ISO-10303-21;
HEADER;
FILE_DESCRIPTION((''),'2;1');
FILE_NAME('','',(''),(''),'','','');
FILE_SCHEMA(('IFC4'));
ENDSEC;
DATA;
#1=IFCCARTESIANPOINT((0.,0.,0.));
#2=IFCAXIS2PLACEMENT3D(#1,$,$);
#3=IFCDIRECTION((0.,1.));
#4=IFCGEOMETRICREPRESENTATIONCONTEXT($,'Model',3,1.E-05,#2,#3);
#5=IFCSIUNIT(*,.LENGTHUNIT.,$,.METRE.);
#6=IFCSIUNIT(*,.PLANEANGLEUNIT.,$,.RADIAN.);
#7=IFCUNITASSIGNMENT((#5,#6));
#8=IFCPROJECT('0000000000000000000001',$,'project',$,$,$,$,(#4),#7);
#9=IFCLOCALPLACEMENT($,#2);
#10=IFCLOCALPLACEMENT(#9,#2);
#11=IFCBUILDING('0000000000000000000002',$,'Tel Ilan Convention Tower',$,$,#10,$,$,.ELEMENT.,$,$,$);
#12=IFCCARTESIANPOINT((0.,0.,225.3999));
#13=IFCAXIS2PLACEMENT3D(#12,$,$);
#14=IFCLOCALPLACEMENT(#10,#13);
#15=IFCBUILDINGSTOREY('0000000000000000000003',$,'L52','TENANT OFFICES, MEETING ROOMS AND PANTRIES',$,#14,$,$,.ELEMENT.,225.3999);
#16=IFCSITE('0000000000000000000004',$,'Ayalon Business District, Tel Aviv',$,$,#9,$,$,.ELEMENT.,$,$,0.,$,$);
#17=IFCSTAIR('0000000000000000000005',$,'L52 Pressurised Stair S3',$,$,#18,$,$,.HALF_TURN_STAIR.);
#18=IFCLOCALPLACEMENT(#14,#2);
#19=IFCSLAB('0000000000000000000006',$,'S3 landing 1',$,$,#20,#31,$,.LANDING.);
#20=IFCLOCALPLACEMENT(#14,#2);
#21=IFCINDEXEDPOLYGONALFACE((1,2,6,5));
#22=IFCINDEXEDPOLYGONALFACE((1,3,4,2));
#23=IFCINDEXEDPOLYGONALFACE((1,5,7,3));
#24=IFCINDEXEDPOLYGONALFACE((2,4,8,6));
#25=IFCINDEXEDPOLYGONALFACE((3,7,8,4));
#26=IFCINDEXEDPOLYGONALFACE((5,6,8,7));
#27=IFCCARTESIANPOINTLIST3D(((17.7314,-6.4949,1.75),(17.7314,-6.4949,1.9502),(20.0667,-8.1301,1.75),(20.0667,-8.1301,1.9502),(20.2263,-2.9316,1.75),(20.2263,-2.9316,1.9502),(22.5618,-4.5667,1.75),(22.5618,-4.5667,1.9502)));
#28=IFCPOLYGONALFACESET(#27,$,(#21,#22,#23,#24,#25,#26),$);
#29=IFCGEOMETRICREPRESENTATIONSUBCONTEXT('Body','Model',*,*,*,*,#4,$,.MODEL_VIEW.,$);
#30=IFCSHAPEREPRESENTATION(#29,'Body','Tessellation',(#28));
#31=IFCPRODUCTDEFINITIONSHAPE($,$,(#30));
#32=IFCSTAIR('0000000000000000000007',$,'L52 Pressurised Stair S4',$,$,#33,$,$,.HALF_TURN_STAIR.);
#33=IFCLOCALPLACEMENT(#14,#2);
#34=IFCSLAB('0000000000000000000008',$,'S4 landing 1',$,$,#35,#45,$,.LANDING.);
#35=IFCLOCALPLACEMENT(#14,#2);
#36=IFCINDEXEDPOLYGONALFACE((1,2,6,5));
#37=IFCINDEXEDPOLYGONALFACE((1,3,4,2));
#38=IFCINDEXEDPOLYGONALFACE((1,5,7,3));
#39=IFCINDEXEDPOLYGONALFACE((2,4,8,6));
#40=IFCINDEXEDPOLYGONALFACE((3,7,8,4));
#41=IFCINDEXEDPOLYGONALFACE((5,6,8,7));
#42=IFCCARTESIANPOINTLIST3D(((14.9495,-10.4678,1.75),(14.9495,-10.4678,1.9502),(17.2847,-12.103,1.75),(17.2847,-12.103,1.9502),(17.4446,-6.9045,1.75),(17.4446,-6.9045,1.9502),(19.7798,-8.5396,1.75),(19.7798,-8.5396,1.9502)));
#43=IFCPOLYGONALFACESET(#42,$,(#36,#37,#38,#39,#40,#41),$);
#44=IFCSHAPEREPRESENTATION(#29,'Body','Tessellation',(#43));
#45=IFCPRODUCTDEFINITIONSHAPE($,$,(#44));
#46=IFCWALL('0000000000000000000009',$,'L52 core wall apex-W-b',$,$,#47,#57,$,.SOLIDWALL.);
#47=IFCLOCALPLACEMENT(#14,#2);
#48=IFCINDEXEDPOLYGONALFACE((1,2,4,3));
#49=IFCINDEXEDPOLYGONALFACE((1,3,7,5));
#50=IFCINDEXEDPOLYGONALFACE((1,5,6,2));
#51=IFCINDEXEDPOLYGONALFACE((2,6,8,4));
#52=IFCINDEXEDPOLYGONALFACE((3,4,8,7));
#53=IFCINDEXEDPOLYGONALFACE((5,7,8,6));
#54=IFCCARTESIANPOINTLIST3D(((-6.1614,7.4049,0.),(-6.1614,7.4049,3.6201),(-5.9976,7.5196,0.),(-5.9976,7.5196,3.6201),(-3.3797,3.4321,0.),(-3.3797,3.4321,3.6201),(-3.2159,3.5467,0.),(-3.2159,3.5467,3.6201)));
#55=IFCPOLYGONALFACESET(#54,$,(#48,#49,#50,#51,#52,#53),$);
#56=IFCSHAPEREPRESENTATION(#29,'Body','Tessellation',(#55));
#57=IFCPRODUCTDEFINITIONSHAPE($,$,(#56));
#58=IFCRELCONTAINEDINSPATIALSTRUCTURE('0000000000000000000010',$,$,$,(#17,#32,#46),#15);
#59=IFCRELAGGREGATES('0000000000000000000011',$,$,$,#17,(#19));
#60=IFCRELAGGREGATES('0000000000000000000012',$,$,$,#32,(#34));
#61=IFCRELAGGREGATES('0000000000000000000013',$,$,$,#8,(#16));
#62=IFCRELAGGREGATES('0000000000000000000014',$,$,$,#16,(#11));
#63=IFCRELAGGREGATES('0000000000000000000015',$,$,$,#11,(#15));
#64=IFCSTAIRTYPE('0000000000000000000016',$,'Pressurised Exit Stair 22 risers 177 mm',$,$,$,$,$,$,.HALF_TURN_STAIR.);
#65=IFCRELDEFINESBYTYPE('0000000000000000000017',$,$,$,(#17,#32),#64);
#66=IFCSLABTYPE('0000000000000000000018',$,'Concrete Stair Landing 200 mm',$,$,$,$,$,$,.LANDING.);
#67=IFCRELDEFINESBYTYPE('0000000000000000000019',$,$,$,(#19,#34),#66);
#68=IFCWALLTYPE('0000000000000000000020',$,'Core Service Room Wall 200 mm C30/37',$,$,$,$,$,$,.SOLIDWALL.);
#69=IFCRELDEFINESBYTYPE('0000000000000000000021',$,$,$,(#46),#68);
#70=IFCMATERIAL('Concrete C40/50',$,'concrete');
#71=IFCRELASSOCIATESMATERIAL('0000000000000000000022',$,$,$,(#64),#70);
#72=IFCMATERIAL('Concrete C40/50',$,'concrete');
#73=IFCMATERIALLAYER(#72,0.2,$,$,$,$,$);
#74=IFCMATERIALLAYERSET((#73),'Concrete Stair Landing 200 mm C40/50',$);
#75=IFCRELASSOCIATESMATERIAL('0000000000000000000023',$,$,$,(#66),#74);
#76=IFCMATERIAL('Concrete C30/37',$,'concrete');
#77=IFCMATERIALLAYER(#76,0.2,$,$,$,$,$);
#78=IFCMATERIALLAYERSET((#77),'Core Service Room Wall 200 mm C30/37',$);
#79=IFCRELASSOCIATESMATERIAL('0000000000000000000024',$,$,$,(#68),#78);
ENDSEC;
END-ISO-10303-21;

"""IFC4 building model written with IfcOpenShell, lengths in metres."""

from ifc_helpers import new_model, si_unit, direction, frame, frame_2d, origin, place, context, subcontext, project, spatial, polyline, rectangle, outline, extrude, material, layer, layer_set, type_object, element, aggregate, save


model = new_model("IFC4")

# Units and contexts
model_context = context("Model", 3, precision=1e-05, world=origin(), true_north=direction((0.0, 1.0)))
body_context = subcontext(model_context, "Body", "Model", "MODEL_VIEW")
ifc_project = project(units=[si_unit("LENGTHUNIT", "METRE"), si_unit("PLANEANGLEUNIT", "RADIAN")], contexts=[model_context])

# Site, building, storey
site_placement = place(None, origin())
site = spatial("IfcSite", under=ifc_project, at=site_placement, Name="Ayalon Business District, Tel Aviv", CompositionType="ELEMENT", RefElevation=0.0)
building_placement = place(site_placement, origin())
building = spatial("IfcBuilding", under=site, at=building_placement, Name="Tel Ilan Convention Tower", CompositionType="ELEMENT")
storey_placement = place(building_placement, frame((0.0, 0.0, 225.3999)))
storey = spatial("IfcBuildingStorey", under=building, at=storey_placement, Name="L52", Description="TENANT OFFICES, MEETING ROOMS AND PANTRIES", CompositionType="ELEMENT", Elevation=225.3999)

# Stairs, slabs
ifc_material_1 = material(Name="Concrete C40/50", Category="concrete")
stair_type = type_object("IfcStairType", Name="Pressurised Exit Stair 22 risers 177 mm", PredefinedType="HALF_TURN_STAIR", material=ifc_material_1)
ifc_material_2 = material(Name="Concrete C40/50", Category="concrete")
ifc_layer_1 = layer(ifc_material_2, 0.2)
ifc_layer_set_1 = layer_set([ifc_layer_1], Name="Concrete Stair Landing 200 mm C40/50")
slab_type = type_object("IfcSlabType", Name="Concrete Stair Landing 200 mm", PredefinedType="LANDING", material=ifc_layer_set_1)
stair_1_placement = place(storey_placement, origin())
stair_1 = element("IfcStair", 1, at=stair_1_placement, inside=storey, type_object=stair_type, Name="L52 Pressurised Stair S3", PredefinedType="HALF_TURN_STAIR")
slab_1_placement = place(storey_placement, frame((0.0, 0.0, 1.75)))
slab_1 = element("IfcSlab", 2, at=slab_1_placement, type_object=slab_type, Name="S3 landing 1", PredefinedType="LANDING", context=body_context, shape_type="SweptSolid", body=[
    extrude(outline(polyline([(22.5618, -4.5667), (20.2263, -2.9316), (17.7314, -6.4949), (20.0667, -8.1301), (22.5618, -4.5667)])), origin(), (0.0, 0.0, 1.0), 0.2002),
])
aggregate(stair_1, [slab_1])
stair_2_placement = place(storey_placement, origin())
stair_2 = element("IfcStair", 3, at=stair_2_placement, inside=storey, type_object=stair_type, Name="L52 Pressurised Stair S4", PredefinedType="HALF_TURN_STAIR")
slab_2_placement = place(storey_placement, frame((0.0, 0.0, 1.75)))
slab_2 = element("IfcSlab", 4, at=slab_2_placement, type_object=slab_type, Name="S4 landing 1", PredefinedType="LANDING", context=body_context, shape_type="SweptSolid", body=[
    extrude(outline(polyline([(19.7798, -8.5396), (17.4446, -6.9045), (14.9495, -10.4678), (17.2847, -12.103), (19.7798, -8.5396)])), origin(), (0.0, 0.0, 1.0), 0.2002),
])
aggregate(stair_2, [slab_2])

# Wall
ifc_material_3 = material(Name="Concrete C30/37", Category="concrete")
ifc_layer_2 = layer(ifc_material_3, 0.2)
ifc_layer_set_2 = layer_set([ifc_layer_2], Name="Core Service Room Wall 200 mm C30/37")
wall_type_1 = type_object("IfcWallType", Name="Core Service Room Wall 200 mm C30/37", PredefinedType="SOLIDWALL", material=ifc_layer_set_2)
wall_1_placement = place(storey_placement, frame((-3.2979, 3.4895, 0.0), z_axis=(0.0, 0.0, 1.0), x_axis=(-0.57356, 0.819163, 0.0)))
element("IfcWall", 5, at=wall_1_placement, inside=storey, type_object=wall_type_1, Name="L52 core wall apex-W-b", PredefinedType="SOLIDWALL", context=body_context, shape_type="SweptSolid", body=[
    extrude(rectangle(XDim=4.8499, YDim=0.2, at=frame_2d((2.4248, 0.0))), origin(), (0.0, 0.0, 1.0), 3.6201),
])

save(model, "model.ifc")
